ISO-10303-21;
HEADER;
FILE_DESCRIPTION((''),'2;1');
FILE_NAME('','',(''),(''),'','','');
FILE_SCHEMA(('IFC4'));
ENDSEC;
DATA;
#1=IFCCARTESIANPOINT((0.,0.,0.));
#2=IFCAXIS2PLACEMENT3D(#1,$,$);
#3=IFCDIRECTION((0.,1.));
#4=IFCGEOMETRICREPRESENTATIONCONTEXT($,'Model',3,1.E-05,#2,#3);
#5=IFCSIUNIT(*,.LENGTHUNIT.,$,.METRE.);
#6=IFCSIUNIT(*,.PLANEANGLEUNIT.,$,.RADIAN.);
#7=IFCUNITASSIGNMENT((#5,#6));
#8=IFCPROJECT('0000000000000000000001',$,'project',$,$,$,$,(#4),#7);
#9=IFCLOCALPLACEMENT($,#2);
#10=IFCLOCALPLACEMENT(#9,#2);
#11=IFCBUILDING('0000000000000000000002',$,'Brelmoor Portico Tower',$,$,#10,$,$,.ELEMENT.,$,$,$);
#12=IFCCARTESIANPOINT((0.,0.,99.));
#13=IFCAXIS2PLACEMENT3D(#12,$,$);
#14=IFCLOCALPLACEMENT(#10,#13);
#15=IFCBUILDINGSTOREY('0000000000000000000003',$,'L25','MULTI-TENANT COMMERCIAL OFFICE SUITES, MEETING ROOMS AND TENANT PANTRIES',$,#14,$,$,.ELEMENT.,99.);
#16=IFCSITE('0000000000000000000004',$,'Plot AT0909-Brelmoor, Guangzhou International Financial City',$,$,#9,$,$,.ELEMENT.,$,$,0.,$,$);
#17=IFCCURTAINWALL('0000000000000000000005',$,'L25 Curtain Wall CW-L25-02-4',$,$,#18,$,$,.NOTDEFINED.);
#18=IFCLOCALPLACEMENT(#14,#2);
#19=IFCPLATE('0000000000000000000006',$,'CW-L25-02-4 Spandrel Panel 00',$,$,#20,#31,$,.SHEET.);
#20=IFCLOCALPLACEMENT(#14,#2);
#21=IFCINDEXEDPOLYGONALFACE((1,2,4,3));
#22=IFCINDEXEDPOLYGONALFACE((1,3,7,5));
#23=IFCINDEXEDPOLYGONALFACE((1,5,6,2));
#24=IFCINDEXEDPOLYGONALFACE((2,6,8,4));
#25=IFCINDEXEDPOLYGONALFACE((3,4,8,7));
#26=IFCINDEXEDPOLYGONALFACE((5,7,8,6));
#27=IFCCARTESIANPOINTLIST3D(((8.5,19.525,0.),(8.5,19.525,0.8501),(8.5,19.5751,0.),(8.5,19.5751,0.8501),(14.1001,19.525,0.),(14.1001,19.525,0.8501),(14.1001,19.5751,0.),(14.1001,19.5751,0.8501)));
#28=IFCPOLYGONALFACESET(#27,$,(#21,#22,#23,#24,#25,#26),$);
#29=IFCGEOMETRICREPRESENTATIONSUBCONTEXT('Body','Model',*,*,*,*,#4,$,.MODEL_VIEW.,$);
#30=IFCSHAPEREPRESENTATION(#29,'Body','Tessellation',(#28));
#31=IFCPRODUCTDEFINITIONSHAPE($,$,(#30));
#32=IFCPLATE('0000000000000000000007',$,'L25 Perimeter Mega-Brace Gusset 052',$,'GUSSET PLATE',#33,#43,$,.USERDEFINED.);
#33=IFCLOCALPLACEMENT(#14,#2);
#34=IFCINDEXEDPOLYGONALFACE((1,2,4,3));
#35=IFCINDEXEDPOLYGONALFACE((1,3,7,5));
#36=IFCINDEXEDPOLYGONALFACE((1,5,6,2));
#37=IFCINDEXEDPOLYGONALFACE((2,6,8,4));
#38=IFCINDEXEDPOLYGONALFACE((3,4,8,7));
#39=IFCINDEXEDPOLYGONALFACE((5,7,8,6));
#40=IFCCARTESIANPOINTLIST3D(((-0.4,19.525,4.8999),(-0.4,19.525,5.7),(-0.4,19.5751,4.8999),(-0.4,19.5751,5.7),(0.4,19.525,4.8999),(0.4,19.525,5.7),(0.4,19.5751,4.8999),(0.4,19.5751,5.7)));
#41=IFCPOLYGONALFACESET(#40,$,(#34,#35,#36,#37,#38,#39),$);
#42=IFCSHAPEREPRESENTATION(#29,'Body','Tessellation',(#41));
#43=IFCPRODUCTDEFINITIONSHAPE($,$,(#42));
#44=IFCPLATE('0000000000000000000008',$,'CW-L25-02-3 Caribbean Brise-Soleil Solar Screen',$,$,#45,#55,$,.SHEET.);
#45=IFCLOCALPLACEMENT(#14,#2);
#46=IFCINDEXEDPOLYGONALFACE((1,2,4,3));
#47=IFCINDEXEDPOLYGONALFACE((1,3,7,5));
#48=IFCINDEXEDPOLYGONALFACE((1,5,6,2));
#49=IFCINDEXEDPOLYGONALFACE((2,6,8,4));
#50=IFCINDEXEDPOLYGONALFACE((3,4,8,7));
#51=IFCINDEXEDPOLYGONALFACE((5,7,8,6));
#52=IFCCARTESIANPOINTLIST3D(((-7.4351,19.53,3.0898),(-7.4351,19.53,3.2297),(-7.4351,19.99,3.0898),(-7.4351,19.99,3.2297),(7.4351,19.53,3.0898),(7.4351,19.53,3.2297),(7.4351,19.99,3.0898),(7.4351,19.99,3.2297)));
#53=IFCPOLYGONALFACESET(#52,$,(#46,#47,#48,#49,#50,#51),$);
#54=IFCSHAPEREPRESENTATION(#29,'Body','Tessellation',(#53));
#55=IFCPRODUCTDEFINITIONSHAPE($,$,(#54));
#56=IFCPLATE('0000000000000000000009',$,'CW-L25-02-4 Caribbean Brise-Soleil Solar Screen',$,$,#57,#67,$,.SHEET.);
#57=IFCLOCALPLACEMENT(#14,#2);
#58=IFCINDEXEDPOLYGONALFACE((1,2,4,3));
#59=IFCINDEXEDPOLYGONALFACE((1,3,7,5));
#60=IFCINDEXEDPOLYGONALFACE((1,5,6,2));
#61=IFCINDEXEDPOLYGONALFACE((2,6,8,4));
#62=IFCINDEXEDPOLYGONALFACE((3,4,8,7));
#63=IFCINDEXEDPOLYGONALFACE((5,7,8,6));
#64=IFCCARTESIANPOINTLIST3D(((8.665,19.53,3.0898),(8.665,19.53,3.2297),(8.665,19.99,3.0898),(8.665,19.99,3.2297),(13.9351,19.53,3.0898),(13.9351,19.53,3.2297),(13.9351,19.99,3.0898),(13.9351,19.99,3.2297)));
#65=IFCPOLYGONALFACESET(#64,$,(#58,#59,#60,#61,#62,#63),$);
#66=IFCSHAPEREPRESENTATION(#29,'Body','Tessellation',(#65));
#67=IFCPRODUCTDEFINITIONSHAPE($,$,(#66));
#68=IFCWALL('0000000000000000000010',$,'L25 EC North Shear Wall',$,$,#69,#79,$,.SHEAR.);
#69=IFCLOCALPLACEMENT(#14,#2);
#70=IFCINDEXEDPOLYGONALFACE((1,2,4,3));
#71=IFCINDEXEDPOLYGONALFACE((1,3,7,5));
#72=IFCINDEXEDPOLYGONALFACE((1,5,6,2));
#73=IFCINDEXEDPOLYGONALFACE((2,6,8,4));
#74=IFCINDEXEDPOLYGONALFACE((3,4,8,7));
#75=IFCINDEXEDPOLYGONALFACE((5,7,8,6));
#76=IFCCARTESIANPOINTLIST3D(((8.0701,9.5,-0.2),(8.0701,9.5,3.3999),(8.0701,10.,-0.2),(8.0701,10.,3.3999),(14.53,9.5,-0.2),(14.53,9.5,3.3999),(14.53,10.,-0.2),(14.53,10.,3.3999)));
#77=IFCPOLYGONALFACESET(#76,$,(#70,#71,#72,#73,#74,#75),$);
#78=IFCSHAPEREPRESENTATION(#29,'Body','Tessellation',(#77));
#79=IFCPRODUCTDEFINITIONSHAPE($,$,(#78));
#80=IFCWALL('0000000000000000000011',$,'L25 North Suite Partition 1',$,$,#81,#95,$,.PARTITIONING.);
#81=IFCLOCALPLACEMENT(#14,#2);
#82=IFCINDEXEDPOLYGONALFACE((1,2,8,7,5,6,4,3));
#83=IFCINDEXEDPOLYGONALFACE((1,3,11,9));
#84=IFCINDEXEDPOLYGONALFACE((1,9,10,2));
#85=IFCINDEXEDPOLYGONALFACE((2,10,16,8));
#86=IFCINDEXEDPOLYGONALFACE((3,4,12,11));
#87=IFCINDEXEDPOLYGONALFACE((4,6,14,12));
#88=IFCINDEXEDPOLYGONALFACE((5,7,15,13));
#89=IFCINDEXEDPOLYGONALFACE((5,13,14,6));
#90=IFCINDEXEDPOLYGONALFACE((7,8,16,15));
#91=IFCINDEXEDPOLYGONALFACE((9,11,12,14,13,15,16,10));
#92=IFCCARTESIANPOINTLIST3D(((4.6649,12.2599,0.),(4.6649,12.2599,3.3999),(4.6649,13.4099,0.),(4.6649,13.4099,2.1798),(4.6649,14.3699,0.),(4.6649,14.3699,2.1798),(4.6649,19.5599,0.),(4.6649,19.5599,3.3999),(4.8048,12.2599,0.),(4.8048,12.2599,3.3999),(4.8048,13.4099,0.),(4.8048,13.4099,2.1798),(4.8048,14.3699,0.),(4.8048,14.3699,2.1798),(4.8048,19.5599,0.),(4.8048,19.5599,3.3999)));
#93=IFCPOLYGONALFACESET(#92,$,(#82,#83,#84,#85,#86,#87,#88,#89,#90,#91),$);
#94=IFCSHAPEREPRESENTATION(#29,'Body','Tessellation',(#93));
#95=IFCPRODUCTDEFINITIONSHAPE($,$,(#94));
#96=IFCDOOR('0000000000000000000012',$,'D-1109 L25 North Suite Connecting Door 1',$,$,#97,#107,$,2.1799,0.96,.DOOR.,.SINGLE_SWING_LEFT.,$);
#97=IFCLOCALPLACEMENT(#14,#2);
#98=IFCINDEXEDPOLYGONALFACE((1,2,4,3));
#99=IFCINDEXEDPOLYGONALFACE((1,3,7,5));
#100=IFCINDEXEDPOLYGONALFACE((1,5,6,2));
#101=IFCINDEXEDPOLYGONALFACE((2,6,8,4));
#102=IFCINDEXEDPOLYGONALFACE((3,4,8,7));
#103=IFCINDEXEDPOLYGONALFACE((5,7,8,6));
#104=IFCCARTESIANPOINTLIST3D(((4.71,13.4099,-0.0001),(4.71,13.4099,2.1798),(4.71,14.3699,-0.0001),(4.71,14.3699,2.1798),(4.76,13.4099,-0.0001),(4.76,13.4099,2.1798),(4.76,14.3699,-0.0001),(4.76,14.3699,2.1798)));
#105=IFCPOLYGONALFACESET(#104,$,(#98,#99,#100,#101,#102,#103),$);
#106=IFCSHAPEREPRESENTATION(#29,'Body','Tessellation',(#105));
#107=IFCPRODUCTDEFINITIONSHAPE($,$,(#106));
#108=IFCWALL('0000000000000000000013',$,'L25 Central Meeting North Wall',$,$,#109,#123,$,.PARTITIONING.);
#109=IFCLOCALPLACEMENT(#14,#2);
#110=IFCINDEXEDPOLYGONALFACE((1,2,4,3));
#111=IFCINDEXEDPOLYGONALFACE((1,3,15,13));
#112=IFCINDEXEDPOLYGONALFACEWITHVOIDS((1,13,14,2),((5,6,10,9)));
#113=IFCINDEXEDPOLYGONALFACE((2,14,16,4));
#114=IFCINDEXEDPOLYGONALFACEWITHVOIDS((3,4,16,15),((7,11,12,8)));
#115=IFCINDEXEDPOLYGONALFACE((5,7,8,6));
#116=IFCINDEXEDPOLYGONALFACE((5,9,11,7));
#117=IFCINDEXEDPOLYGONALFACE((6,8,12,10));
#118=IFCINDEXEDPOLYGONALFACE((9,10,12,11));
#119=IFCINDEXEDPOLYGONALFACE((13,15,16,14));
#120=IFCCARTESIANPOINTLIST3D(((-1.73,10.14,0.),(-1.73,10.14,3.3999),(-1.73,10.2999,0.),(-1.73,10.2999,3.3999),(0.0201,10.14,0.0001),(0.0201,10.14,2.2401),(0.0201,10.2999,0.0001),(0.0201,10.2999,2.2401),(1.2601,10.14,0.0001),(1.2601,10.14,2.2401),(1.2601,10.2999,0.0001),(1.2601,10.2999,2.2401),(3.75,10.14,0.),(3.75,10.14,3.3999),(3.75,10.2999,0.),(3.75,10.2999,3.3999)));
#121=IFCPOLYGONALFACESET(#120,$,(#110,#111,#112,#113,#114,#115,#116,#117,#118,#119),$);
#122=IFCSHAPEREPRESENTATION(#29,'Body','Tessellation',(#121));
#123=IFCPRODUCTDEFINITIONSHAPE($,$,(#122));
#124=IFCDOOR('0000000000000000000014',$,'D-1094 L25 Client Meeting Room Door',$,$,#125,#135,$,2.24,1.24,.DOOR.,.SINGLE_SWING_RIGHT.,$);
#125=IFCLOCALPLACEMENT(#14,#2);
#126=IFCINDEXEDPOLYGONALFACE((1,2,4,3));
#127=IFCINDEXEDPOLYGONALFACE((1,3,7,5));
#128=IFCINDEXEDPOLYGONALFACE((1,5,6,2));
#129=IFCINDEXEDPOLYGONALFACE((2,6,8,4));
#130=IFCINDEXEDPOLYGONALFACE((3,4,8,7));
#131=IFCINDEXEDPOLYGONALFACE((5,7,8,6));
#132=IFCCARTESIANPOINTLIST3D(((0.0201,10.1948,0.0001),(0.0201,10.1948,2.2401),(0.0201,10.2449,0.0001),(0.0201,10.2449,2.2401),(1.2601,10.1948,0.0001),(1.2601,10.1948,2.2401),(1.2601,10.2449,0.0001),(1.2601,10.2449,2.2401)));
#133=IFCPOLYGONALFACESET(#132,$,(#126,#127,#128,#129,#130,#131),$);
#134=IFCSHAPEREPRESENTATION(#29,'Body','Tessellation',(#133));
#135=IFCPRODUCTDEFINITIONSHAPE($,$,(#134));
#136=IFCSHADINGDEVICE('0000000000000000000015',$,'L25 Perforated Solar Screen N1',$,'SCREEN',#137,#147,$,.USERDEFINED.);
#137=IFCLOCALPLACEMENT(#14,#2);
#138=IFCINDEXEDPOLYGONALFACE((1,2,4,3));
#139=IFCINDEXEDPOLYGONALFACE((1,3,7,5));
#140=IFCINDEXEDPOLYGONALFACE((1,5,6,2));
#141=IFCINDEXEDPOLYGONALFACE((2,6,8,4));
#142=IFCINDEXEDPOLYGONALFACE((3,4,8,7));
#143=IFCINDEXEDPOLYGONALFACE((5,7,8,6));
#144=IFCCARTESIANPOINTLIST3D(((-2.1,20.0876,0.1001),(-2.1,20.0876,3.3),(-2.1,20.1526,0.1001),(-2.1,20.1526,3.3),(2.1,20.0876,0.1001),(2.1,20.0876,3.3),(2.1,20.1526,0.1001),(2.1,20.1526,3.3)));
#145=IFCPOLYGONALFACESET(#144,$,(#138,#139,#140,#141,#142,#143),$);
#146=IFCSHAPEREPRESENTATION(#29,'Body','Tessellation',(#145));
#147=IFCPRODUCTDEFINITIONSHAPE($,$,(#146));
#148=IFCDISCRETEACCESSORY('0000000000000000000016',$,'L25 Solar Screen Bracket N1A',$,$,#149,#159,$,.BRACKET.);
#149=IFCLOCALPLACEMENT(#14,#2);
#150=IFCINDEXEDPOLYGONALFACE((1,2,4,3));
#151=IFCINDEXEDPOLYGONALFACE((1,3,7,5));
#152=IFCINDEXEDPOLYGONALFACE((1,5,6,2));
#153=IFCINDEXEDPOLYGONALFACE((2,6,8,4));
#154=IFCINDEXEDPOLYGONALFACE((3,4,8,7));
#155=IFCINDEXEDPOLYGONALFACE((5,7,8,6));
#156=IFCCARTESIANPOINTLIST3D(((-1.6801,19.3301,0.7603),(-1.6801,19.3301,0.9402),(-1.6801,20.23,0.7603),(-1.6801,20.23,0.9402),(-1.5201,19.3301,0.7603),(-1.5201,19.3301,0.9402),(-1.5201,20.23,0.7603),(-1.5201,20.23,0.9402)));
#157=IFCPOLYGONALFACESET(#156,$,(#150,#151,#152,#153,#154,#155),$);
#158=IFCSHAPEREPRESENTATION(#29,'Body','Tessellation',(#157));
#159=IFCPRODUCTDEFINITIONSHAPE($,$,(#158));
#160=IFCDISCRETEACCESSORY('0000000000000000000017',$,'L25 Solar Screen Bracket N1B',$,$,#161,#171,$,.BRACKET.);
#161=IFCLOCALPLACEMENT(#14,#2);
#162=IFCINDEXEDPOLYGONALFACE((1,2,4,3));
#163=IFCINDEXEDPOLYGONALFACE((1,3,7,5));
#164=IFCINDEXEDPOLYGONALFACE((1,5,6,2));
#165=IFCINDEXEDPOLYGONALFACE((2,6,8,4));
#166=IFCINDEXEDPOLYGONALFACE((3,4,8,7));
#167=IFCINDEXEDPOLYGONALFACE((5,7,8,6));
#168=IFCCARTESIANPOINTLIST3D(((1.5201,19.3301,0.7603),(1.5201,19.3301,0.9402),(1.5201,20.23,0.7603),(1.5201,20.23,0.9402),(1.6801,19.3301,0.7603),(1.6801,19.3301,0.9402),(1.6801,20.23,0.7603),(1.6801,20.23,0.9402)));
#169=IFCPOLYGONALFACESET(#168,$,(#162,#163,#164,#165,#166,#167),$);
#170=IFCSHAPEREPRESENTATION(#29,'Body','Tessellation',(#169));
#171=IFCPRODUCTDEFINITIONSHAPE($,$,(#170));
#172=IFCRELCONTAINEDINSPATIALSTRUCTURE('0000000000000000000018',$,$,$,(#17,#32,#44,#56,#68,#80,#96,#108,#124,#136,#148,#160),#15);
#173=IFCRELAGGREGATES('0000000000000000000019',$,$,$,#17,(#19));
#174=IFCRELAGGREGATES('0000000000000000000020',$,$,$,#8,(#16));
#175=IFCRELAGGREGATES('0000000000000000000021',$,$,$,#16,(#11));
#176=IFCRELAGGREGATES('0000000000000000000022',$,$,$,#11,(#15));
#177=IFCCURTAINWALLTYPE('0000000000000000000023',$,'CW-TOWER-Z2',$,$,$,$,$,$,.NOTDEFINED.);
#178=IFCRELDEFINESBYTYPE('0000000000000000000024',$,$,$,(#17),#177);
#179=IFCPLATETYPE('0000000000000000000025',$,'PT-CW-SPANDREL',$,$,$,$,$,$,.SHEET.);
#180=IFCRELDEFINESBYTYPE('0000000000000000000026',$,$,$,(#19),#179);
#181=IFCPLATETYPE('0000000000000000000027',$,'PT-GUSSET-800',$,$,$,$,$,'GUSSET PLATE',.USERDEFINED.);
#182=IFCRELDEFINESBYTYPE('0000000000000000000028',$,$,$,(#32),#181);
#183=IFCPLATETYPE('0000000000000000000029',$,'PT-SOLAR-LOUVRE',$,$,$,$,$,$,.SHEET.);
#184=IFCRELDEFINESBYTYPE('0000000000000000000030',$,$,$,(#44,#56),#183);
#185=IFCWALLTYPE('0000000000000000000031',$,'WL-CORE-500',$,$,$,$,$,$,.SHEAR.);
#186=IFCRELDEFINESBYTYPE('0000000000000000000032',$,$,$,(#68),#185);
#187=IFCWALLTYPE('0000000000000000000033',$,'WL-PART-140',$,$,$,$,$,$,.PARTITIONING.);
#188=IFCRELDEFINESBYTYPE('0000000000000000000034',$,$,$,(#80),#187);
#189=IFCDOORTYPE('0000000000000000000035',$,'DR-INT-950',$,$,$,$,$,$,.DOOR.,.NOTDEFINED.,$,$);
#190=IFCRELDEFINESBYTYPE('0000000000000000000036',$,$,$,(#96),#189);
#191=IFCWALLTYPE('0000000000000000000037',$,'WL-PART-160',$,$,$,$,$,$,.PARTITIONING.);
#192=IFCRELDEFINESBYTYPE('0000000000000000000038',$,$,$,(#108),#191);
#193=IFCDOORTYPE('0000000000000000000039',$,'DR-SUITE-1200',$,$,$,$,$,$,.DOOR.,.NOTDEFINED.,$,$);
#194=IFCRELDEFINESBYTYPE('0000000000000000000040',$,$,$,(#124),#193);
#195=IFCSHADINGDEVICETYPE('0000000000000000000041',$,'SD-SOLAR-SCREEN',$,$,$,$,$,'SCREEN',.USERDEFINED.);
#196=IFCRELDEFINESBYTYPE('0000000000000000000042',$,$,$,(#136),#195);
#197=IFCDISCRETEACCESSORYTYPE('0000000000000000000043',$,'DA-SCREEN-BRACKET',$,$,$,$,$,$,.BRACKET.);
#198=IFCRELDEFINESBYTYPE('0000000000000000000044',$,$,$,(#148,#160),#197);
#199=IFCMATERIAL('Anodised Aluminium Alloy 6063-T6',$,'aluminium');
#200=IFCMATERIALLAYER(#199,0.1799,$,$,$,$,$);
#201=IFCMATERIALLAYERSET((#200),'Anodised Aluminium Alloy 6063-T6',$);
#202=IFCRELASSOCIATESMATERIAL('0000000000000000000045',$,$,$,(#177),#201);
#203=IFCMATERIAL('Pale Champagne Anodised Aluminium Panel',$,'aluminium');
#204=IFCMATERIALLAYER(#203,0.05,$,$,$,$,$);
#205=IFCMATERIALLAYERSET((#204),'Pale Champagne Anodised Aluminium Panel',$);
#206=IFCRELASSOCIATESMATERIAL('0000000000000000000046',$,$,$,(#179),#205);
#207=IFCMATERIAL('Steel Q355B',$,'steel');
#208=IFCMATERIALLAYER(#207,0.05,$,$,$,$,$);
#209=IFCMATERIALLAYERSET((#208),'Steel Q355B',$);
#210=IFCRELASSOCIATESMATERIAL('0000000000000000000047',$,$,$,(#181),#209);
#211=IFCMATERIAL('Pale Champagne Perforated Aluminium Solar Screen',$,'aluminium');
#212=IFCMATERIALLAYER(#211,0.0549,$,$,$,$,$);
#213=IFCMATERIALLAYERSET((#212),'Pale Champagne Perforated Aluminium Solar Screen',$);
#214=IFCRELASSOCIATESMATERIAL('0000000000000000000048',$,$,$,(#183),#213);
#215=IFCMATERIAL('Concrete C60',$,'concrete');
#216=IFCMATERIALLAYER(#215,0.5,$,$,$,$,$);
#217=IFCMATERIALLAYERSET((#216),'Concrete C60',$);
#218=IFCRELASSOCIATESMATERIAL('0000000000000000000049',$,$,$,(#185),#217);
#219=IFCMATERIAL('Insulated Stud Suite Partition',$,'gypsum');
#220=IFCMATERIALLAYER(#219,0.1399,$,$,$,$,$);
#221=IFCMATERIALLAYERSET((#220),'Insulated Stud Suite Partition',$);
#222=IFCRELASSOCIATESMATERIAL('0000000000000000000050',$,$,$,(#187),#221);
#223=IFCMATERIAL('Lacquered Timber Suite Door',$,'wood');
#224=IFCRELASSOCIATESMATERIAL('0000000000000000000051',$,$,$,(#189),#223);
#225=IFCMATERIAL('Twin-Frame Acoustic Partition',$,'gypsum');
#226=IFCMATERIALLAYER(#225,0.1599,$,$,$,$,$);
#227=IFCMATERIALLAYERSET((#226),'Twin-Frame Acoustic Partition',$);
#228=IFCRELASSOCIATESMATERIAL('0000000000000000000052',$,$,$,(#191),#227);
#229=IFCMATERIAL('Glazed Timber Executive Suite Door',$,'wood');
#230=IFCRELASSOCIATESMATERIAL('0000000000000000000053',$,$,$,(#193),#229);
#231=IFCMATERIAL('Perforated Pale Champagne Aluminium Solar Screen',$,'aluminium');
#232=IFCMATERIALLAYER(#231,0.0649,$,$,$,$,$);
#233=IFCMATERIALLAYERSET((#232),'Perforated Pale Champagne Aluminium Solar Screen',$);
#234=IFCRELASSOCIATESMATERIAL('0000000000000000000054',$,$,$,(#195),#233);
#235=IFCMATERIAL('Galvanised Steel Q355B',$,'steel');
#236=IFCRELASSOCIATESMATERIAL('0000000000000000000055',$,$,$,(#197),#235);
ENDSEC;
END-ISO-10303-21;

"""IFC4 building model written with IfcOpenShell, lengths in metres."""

from ifc_helpers import new_model, si_unit, direction, frame, frame_2d, origin, origin_2d, place, context, subcontext, project, spatial, rectangle, extrude, material, layer, layer_set, type_object, element, fill, aggregate, save


model = new_model("IFC4")

# Units and contexts
model_context = context("Model", 3, precision=1e-05, world=origin(), true_north=direction((0.0, 1.0)))
body_context = subcontext(model_context, "Body", "Model", "MODEL_VIEW")
ifc_project = project(units=[si_unit("LENGTHUNIT", "METRE"), si_unit("PLANEANGLEUNIT", "RADIAN")], contexts=[model_context])

# Site, building, storey
site_placement = place(None, origin())
site = spatial("IfcSite", under=ifc_project, at=site_placement, Name="Plot AT0909-Brelmoor, Guangzhou International Financial City", CompositionType="ELEMENT", RefElevation=0.0)
building_placement = place(site_placement, origin())
building = spatial("IfcBuilding", under=site, at=building_placement, Name="Brelmoor Portico Tower", CompositionType="ELEMENT")
storey_placement = place(building_placement, frame((0.0, 0.0, 99.0)))
storey = spatial("IfcBuildingStorey", under=building, at=storey_placement, Name="L25", Description="MULTI-TENANT COMMERCIAL OFFICE SUITES, MEETING ROOMS AND TENANT PANTRIES", CompositionType="ELEMENT", Elevation=99.0)

# Shared definitions
ifc_material_1 = material(Name="Steel Q355B", Category="steel")

# Shared definitions
ifc_material_2 = material(Name="Anodised Aluminium Alloy 6063-T6", Category="aluminium")

# Curtain wall
ifc_layer_1 = layer(ifc_material_2, 0.1799)
ifc_layer_set_1 = layer_set([ifc_layer_1], Name="Anodised Aluminium Alloy 6063-T6")
curtain_wall_type_1 = type_object("IfcCurtainWallType", Name="CW-TOWER-Z2", PredefinedType="NOTDEFINED", material=ifc_layer_set_1)
curtain_wall_1_placement = place(storey_placement, origin())
curtain_wall_1 = element("IfcCurtainWall", 1, at=curtain_wall_1_placement, inside=storey, type_object=curtain_wall_type_1, Name="L25 Curtain Wall CW-L25-02-4", PredefinedType="NOTDEFINED")

# Plate
ifc_material_3 = material(Name="Pale Champagne Anodised Aluminium Panel", Category="aluminium")
ifc_layer_2 = layer(ifc_material_3, 0.05)
ifc_layer_set_2 = layer_set([ifc_layer_2], Name="Pale Champagne Anodised Aluminium Panel")
plate_type_1 = type_object("IfcPlateType", Name="PT-CW-SPANDREL", PredefinedType="SHEET", material=ifc_layer_set_2)
plate_1_placement = place(storey_placement, frame((11.3, 19.55, 0.0), z_axis=(0.0, 0.0, 1.0), x_axis=(1.0, 0.0, 0.0)))
plate_1 = element("IfcPlate", 2, at=plate_1_placement, type_object=plate_type_1, Name="CW-L25-02-4 Spandrel Panel 00", PredefinedType="SHEET", context=body_context, shape_type="SweptSolid", body=[
    extrude(rectangle(XDim=5.6001, YDim=0.05, at=origin_2d()), origin(), (0.0, 0.0, 1.0), 0.8501),
])
aggregate(curtain_wall_1, [plate_1])

# Plates
ifc_layer_3 = layer(ifc_material_1, 0.05)
ifc_layer_set_3 = layer_set([ifc_layer_3], Name="Steel Q355B")
plate_type_2 = type_object("IfcPlateType", Name="PT-GUSSET-800", ElementType="GUSSET PLATE", PredefinedType="USERDEFINED", material=ifc_layer_set_3)
plate_2_placement = place(storey_placement, frame((0.0, 19.55, 4.8999), z_axis=(0.0, 0.0, 1.0), x_axis=(1.0, 0.0, 0.0)))
element("IfcPlate", 3, at=plate_2_placement, inside=storey, type_object=plate_type_2, Name="L25 Perimeter Mega-Brace Gusset 052", ObjectType="GUSSET PLATE", PredefinedType="USERDEFINED", context=body_context, shape_type="SweptSolid", body=[
    extrude(rectangle(XDim=0.8, YDim=0.05, at=origin_2d()), origin(), (0.0, 0.0, 1.0), 0.8),
])
ifc_material_4 = material(Name="Pale Champagne Perforated Aluminium Solar Screen", Category="aluminium")
ifc_layer_4 = layer(ifc_material_4, 0.0549)
ifc_layer_set_4 = layer_set([ifc_layer_4], Name="Pale Champagne Perforated Aluminium Solar Screen")
plate_type_3 = type_object("IfcPlateType", Name="PT-SOLAR-LOUVRE", PredefinedType="SHEET", material=ifc_layer_set_4)
plate_3_placement = place(storey_placement, frame((0.0, 19.76, 3.0898), z_axis=(0.0, 0.0, 1.0), x_axis=(1.0, 0.0, 0.0)))
element("IfcPlate", 4, at=plate_3_placement, inside=storey, type_object=plate_type_3, Name="CW-L25-02-3 Caribbean Brise-Soleil Solar Screen", PredefinedType="SHEET", context=body_context, shape_type="SweptSolid", body=[
    extrude(rectangle(XDim=14.8701, YDim=0.46, at=origin_2d()), origin(), (0.0, 0.0, 1.0), 0.1399),
])
plate_4_placement = place(storey_placement, frame((11.3, 19.76, 3.0898), z_axis=(0.0, 0.0, 1.0), x_axis=(1.0, 0.0, 0.0)))
element("IfcPlate", 5, at=plate_4_placement, inside=storey, type_object=plate_type_3, Name="CW-L25-02-4 Caribbean Brise-Soleil Solar Screen", PredefinedType="SHEET", context=body_context, shape_type="SweptSolid", body=[
    extrude(rectangle(XDim=5.27, YDim=0.46, at=origin_2d()), origin(), (0.0, 0.0, 1.0), 0.1399),
])

# Wall
ifc_material_5 = material(Name="Concrete C60", Category="concrete")
ifc_layer_5 = layer(ifc_material_5, 0.5)
ifc_layer_set_5 = layer_set([ifc_layer_5], Name="Concrete C60")
wall_type_1 = type_object("IfcWallType", Name="WL-CORE-500", PredefinedType="SHEAR", material=ifc_layer_set_5)
wall_1_placement = place(storey_placement, frame((8.0701, 9.75, -0.2), z_axis=(0.0, 0.0, 1.0), x_axis=(1.0, 0.0, 0.0)))
element("IfcWall", 6, at=wall_1_placement, inside=storey, type_object=wall_type_1, Name="L25 EC North Shear Wall", PredefinedType="SHEAR", context=body_context, shape_type="SweptSolid", body=[
    extrude(rectangle(XDim=6.46, YDim=0.5, at=frame_2d((3.23, 0.0))), origin(), (0.0, 0.0, 1.0), 3.5999),
])

# Walls, openings, doors
ifc_material_6 = material(Name="Insulated Stud Suite Partition", Category="gypsum")
ifc_layer_6 = layer(ifc_material_6, 0.1399)
ifc_layer_set_6 = layer_set([ifc_layer_6], Name="Insulated Stud Suite Partition")
wall_type_2 = type_object("IfcWallType", Name="WL-PART-140", PredefinedType="PARTITIONING", material=ifc_layer_set_6)
wall_2_placement = place(storey_placement, frame((4.7349, 12.26, 0.0), z_axis=(0.0, 0.0, 1.0), x_axis=(0.0, 1.0, 0.0)))
wall_2 = element("IfcWall", 7, at=wall_2_placement, inside=storey, type_object=wall_type_2, Name="L25 North Suite Partition 1", PredefinedType="PARTITIONING", context=body_context, shape_type="SweptSolid", body=[
    extrude(rectangle(XDim=7.3, YDim=0.1399, at=frame_2d((3.6499, 0.0))), origin(), (0.0, 0.0, 1.0), 3.3999),
])
opening_1_placement = place(wall_2_placement, frame((1.1499, 0.0, 0.0)))
opening_1 = element("IfcOpeningElement", 8, at=opening_1_placement, cuts=wall_2, PredefinedType="OPENING", context=body_context, shape_type="SweptSolid", body=[
    extrude(rectangle(XDim=0.96, YDim=2.1799, at=frame_2d((0.48, 1.0898))), frame((0.0, 0.0798, 0.0), z_axis=(0.0, -1.0, 0.0), x_axis=(1.0, 0.0, 0.0)), (0.0, 0.0, 1.0), 0.1599),
])
ifc_material_7 = material(Name="Lacquered Timber Suite Door", Category="wood")
door_type_1 = type_object("IfcDoorType", Name="DR-INT-950", OperationType="NOTDEFINED", PredefinedType="DOOR", material=ifc_material_7)
door_1_placement = place(opening_1_placement, origin())
door_1 = element("IfcDoor", 9, at=door_1_placement, inside=storey, type_object=door_type_1, Name="D-1109 L25 North Suite Connecting Door 1", OperationType="SINGLE_SWING_LEFT", OverallHeight=2.1799, OverallWidth=0.96, PredefinedType="DOOR", context=body_context, shape_type="SweptSolid", body=[
    extrude(rectangle(XDim=0.96, YDim=2.1799, at=frame_2d((0.48, 1.0898))), frame((0.0, 0.0249, 0.0), z_axis=(0.0, -1.0, 0.0), x_axis=(1.0, 0.0, 0.0)), (0.0, 0.0, 1.0), 0.05),
])
fill(opening_1, door_1)
ifc_material_8 = material(Name="Twin-Frame Acoustic Partition", Category="gypsum")
ifc_layer_7 = layer(ifc_material_8, 0.1599)
ifc_layer_set_7 = layer_set([ifc_layer_7], Name="Twin-Frame Acoustic Partition")
wall_type_3 = type_object("IfcWallType", Name="WL-PART-160", PredefinedType="PARTITIONING", material=ifc_layer_set_7)
wall_3_placement = place(storey_placement, frame((-1.73, 10.22, 0.0), z_axis=(0.0, 0.0, 1.0), x_axis=(1.0, 0.0, 0.0)))
wall_3 = element("IfcWall", 10, at=wall_3_placement, inside=storey, type_object=wall_type_3, Name="L25 Central Meeting North Wall", PredefinedType="PARTITIONING", context=body_context, shape_type="SweptSolid", body=[
    extrude(rectangle(XDim=5.48, YDim=0.1599, at=frame_2d((2.74, 0.0))), origin(), (0.0, 0.0, 1.0), 3.3999),
])
opening_2_placement = place(wall_3_placement, frame((1.75, 0.0, 0.0)))
opening_2 = element("IfcOpeningElement", 11, at=opening_2_placement, cuts=wall_3, PredefinedType="OPENING", context=body_context, shape_type="SweptSolid", body=[
    extrude(rectangle(XDim=1.24, YDim=2.24, at=frame_2d((0.6201, 1.1201))), frame((0.0, 0.0898, 0.0), z_axis=(0.0, -1.0, 0.0), x_axis=(1.0, 0.0, 0.0)), (0.0, 0.0, 1.0), 0.1799),
])
ifc_material_9 = material(Name="Glazed Timber Executive Suite Door", Category="wood")
door_type_2 = type_object("IfcDoorType", Name="DR-SUITE-1200", OperationType="NOTDEFINED", PredefinedType="DOOR", material=ifc_material_9)
door_2_placement = place(opening_2_placement, origin())
door_2 = element("IfcDoor", 12, at=door_2_placement, inside=storey, type_object=door_type_2, Name="D-1094 L25 Client Meeting Room Door", OperationType="SINGLE_SWING_RIGHT", OverallHeight=2.24, OverallWidth=1.24, PredefinedType="DOOR", context=body_context, shape_type="SweptSolid", body=[
    extrude(rectangle(XDim=1.24, YDim=2.24, at=frame_2d((0.6201, 1.1201))), frame((0.0, 0.0249, 0.0), z_axis=(0.0, -1.0, 0.0), x_axis=(1.0, 0.0, 0.0)), (0.0, 0.0, 1.0), 0.05),
])
fill(opening_2, door_2)

# Shading device
ifc_material_10 = material(Name="Perforated Pale Champagne Aluminium Solar Screen", Category="aluminium")
ifc_layer_8 = layer(ifc_material_10, 0.0649)
ifc_layer_set_8 = layer_set([ifc_layer_8], Name="Perforated Pale Champagne Aluminium Solar Screen")
shading_device_type = type_object("IfcShadingDeviceType", Name="SD-SOLAR-SCREEN", ElementType="SCREEN", PredefinedType="USERDEFINED", material=ifc_layer_set_8)
shading_device_placement = place(storey_placement, frame((0.0, 20.1201, 0.1001), z_axis=(0.0, 0.0, 1.0), x_axis=(1.0, 0.0, 0.0)))
element("IfcShadingDevice", 13, at=shading_device_placement, inside=storey, type_object=shading_device_type, Name="L25 Perforated Solar Screen N1", ObjectType="SCREEN", PredefinedType="USERDEFINED", context=body_context, shape_type="SweptSolid", body=[
    extrude(rectangle(XDim=4.2, YDim=0.0649, at=origin_2d()), origin(), (0.0, 0.0, 1.0), 3.2),
])

# Discrete accessories
ifc_material_11 = material(Name="Galvanised Steel Q355B", Category="steel")
discrete_accessory_type = type_object("IfcDiscreteAccessoryType", Name="DA-SCREEN-BRACKET", PredefinedType="BRACKET", material=ifc_material_11)
for number, where, z_axis, x_axis, name in (
    (14, (-1.6001, 19.78, 0.7603), (0.0, 0.0, 1.0), (1.0, 0.0, 0.0), "L25 Solar Screen Bracket N1A"),
    (15, (1.6001, 19.78, 0.7603), (0.0, 0.0, 1.0), (1.0, 0.0, 0.0), "L25 Solar Screen Bracket N1B"),
):
    element("IfcDiscreteAccessory", number, at=place(storey_placement, frame(where, z_axis=z_axis, x_axis=x_axis)), inside=storey, type_object=discrete_accessory_type, Name=name, PredefinedType="BRACKET", context=body_context, shape_type="SweptSolid", body=[
        extrude(rectangle(XDim=0.1599, YDim=0.8999, at=origin_2d()), origin(), (0.0, 0.0, 1.0), 0.1799),
    ])

save(model, "model.ifc")
